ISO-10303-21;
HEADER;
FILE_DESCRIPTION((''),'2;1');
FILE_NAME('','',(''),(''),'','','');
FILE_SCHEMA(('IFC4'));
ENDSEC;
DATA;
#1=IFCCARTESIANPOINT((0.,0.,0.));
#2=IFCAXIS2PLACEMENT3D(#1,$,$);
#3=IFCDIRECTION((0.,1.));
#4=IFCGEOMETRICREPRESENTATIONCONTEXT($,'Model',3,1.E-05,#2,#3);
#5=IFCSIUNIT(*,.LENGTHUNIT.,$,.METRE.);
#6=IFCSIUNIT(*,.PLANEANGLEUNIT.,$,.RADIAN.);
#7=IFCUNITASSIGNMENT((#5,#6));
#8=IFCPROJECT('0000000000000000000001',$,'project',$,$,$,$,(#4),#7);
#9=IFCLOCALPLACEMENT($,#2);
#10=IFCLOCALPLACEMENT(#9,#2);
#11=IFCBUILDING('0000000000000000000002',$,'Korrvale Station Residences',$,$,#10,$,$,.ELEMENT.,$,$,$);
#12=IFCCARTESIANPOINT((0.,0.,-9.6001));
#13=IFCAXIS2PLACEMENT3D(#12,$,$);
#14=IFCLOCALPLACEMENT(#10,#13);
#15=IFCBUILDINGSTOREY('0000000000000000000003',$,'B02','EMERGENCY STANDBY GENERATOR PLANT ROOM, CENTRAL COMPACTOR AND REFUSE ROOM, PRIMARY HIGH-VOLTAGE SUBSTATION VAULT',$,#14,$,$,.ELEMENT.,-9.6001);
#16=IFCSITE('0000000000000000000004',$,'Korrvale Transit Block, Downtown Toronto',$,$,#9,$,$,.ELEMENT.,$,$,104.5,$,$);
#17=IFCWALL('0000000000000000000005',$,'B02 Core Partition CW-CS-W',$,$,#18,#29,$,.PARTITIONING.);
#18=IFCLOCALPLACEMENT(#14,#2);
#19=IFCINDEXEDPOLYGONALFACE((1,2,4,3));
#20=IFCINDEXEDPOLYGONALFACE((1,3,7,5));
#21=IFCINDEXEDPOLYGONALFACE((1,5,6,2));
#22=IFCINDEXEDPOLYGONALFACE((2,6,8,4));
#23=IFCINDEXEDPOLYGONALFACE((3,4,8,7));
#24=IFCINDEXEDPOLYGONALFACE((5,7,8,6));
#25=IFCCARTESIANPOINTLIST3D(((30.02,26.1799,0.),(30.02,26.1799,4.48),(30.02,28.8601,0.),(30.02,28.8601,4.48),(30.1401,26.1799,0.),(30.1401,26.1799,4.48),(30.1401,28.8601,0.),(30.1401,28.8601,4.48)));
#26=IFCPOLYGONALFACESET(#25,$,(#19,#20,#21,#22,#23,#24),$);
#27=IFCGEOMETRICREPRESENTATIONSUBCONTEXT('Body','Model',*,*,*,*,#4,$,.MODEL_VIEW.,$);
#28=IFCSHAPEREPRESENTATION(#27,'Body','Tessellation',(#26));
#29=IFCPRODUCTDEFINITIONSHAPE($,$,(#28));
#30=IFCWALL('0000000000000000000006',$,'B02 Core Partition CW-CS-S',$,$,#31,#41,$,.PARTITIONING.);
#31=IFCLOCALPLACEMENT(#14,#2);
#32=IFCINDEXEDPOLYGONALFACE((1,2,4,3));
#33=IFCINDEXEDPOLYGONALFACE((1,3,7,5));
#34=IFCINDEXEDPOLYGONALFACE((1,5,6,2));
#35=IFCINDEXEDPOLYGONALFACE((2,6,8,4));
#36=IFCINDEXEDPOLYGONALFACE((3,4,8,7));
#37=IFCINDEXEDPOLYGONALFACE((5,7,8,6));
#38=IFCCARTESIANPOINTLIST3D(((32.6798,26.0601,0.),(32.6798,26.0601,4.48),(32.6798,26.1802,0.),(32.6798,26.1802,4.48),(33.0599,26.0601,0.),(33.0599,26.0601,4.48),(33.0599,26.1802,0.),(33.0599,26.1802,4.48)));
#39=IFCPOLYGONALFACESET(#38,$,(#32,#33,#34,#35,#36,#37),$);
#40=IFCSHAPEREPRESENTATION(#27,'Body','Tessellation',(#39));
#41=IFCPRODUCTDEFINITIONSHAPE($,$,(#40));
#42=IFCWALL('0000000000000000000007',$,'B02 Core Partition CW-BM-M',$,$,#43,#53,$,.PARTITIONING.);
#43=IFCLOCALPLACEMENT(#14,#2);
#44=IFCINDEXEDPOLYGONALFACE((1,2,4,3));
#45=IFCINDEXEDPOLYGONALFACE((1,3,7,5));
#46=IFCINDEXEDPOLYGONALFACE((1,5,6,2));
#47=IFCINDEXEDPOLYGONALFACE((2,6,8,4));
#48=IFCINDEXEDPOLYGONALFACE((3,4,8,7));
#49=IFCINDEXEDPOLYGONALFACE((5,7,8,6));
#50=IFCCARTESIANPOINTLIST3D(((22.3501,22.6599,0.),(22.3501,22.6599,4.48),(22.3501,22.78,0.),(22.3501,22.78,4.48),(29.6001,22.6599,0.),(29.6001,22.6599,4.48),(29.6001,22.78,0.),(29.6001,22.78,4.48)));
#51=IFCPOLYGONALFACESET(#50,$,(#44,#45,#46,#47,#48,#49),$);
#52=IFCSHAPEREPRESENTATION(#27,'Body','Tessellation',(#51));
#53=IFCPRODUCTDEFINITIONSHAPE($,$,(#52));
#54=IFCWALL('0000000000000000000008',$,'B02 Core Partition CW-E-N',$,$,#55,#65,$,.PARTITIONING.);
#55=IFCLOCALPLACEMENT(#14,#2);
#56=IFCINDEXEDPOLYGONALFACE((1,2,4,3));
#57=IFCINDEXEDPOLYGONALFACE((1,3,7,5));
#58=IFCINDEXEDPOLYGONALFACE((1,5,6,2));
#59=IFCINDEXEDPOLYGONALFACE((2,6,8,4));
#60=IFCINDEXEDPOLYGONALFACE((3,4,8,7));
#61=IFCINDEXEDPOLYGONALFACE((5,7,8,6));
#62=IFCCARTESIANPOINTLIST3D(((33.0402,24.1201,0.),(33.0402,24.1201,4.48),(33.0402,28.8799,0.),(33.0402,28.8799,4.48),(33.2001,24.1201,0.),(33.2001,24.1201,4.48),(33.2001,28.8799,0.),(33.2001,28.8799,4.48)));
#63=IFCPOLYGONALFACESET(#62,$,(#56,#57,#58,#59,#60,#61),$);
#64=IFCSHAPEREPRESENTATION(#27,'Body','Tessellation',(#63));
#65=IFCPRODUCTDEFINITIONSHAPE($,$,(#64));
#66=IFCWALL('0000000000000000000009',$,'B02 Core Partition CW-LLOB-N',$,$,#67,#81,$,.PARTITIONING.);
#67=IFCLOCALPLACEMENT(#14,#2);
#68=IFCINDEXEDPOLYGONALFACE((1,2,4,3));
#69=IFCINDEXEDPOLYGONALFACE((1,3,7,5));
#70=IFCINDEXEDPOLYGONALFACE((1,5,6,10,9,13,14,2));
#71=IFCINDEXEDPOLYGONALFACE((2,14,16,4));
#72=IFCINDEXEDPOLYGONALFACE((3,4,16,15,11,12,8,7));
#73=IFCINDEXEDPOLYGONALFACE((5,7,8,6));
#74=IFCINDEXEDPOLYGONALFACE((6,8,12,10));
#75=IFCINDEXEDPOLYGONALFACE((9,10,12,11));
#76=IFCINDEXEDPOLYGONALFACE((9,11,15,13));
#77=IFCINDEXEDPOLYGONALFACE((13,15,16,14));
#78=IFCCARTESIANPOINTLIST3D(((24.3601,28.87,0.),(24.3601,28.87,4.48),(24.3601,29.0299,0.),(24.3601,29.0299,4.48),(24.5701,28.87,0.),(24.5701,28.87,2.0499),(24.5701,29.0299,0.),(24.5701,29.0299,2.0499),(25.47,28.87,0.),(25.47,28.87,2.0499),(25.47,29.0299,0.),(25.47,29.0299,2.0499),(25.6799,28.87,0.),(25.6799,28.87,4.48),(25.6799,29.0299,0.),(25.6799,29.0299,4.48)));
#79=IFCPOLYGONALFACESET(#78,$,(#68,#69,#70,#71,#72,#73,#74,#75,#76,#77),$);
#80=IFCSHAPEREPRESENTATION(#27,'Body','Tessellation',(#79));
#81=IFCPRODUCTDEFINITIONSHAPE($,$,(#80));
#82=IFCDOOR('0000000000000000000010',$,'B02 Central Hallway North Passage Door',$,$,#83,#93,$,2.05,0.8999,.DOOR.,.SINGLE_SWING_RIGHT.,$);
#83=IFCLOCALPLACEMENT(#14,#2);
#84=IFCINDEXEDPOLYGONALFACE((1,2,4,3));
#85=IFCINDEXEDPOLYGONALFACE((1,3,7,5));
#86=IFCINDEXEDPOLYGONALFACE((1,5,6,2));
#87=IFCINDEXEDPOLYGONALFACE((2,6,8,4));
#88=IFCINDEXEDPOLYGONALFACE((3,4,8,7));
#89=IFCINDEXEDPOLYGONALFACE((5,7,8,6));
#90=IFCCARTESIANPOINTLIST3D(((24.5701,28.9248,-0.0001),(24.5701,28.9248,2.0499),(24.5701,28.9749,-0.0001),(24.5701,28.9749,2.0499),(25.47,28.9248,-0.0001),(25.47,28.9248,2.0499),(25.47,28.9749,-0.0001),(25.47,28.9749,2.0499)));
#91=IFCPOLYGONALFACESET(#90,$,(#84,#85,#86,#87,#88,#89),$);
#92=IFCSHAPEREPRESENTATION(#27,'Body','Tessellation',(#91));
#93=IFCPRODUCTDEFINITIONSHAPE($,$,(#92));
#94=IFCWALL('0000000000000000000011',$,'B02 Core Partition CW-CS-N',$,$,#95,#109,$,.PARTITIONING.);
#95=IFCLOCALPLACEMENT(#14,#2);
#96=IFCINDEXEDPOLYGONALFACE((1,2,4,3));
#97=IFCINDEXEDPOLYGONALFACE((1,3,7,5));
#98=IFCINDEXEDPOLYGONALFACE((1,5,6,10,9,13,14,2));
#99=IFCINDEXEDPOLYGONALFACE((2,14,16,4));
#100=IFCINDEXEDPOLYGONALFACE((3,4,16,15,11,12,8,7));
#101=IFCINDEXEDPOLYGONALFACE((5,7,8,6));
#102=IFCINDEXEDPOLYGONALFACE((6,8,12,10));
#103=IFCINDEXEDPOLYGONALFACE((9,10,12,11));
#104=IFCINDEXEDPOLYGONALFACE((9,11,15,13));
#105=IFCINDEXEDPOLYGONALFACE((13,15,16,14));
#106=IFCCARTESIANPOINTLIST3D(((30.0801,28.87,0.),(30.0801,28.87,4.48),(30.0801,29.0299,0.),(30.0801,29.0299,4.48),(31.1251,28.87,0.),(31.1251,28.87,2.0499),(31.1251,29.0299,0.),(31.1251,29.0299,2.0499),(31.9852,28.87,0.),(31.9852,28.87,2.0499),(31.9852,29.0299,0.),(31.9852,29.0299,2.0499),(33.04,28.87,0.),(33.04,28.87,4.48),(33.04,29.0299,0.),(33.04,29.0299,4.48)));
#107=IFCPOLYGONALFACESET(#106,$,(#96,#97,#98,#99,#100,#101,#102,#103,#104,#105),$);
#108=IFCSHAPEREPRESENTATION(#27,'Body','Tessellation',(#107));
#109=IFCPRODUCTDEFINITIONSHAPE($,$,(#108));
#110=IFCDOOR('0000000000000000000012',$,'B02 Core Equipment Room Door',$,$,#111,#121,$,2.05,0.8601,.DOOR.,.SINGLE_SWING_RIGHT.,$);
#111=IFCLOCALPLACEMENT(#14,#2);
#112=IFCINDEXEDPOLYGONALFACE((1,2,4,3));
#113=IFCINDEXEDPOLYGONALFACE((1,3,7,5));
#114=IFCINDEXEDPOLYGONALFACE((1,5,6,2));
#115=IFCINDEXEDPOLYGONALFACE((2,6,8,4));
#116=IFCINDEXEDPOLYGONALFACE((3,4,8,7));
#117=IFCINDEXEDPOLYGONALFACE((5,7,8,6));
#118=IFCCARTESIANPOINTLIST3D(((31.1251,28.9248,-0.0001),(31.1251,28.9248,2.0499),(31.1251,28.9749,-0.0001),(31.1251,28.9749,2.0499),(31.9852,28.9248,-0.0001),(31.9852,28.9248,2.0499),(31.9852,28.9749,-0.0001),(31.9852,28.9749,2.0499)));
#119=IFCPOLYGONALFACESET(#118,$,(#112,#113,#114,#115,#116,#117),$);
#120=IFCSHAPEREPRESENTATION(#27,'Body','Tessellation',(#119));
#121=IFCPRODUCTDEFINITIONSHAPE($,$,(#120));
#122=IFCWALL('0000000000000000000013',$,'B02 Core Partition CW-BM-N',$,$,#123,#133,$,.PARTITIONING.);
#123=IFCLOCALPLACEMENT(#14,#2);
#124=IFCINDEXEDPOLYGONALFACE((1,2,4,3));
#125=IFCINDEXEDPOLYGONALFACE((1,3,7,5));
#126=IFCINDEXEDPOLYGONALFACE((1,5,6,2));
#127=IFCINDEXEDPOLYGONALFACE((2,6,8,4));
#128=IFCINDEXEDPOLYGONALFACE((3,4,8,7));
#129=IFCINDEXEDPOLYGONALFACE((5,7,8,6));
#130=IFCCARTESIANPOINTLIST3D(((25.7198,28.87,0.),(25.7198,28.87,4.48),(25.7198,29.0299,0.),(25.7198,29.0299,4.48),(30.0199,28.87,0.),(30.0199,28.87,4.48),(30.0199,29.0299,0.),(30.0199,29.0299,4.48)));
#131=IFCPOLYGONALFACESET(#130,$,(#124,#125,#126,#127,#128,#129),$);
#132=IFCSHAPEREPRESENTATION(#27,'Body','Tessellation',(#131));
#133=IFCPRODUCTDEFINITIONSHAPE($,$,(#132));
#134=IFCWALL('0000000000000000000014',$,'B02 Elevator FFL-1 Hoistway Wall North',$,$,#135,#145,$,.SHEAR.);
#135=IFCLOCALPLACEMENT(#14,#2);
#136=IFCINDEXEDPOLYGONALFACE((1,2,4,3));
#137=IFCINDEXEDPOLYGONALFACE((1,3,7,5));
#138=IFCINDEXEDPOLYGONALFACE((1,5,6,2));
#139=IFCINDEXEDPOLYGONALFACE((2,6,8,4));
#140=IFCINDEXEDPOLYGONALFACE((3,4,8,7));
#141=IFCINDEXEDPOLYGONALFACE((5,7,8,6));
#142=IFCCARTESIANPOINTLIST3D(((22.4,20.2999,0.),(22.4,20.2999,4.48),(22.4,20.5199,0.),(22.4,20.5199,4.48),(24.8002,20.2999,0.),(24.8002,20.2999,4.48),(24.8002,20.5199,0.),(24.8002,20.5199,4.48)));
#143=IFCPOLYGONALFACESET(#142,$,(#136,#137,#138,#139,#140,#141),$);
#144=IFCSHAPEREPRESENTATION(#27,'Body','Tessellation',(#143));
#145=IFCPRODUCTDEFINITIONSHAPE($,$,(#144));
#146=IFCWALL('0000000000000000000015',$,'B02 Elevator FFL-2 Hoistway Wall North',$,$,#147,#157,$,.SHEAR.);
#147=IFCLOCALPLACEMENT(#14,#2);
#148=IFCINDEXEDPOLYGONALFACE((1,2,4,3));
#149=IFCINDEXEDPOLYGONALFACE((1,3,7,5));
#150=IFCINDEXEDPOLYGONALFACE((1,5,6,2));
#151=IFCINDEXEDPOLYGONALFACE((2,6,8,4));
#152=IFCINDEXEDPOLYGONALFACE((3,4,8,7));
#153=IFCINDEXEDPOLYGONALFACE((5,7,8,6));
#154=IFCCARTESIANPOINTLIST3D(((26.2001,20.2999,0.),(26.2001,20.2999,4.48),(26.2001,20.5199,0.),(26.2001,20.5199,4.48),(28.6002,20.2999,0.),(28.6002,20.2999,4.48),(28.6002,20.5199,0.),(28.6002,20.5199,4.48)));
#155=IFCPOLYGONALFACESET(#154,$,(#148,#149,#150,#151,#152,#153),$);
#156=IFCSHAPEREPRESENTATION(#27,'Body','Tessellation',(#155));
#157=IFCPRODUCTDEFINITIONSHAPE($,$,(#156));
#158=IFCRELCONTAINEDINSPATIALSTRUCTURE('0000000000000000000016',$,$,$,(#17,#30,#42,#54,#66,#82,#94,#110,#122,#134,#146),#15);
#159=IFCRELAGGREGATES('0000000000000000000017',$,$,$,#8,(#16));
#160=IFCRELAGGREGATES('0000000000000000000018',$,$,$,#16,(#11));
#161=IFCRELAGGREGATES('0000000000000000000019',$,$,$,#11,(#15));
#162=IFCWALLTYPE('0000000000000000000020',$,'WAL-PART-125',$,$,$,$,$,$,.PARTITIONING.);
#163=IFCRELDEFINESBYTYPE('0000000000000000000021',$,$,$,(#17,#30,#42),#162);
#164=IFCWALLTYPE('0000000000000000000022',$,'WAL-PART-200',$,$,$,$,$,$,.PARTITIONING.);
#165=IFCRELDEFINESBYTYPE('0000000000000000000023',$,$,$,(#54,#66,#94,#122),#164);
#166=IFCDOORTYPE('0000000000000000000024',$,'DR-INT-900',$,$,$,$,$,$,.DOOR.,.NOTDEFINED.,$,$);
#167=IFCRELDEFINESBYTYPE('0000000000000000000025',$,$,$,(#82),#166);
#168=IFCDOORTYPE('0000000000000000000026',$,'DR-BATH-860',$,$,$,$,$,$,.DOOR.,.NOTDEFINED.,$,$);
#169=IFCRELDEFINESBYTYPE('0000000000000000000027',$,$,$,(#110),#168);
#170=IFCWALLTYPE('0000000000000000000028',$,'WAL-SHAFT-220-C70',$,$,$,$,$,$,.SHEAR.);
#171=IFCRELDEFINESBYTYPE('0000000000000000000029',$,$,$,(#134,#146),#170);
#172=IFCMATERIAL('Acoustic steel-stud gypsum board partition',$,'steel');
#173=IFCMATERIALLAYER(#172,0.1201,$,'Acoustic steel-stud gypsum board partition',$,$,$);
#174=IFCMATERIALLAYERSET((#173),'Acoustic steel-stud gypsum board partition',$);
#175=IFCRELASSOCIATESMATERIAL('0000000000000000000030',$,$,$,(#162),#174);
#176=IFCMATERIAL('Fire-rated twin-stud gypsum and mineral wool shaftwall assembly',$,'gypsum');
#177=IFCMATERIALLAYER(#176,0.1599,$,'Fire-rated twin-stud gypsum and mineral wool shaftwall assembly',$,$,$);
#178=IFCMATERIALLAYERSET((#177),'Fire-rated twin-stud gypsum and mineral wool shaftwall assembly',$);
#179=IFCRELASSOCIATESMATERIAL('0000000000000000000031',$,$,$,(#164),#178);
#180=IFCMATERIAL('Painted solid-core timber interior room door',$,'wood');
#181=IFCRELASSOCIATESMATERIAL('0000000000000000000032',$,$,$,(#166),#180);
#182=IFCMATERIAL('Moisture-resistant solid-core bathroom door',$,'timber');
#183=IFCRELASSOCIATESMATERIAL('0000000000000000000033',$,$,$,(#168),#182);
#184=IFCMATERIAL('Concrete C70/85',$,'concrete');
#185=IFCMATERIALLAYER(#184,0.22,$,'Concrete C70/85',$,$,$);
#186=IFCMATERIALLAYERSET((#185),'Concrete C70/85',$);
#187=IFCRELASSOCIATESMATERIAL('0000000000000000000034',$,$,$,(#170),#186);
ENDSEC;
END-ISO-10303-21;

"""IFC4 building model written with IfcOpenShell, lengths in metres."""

from ifc_helpers import new_model, si_unit, direction, frame, frame_2d, origin, place, context, subcontext, project, spatial, rectangle, extrude, material, layer, layer_set, type_object, element, fill, save


model = new_model("IFC4")

# Units and contexts
model_context = context("Model", 3, precision=1e-05, world=origin(), true_north=direction((0.0, 1.0)))
body_context = subcontext(model_context, "Body", "Model", "MODEL_VIEW")
ifc_project = project(units=[si_unit("LENGTHUNIT", "METRE"), si_unit("PLANEANGLEUNIT", "RADIAN")], contexts=[model_context])

# Site, building, storey
site_placement = place(None, origin())
site = spatial("IfcSite", under=ifc_project, at=site_placement, Name="Korrvale Transit Block, Downtown Toronto", CompositionType="ELEMENT", RefElevation=104.5)
building_placement = place(site_placement, origin())
building = spatial("IfcBuilding", under=site, at=building_placement, Name="Korrvale Station Residences", CompositionType="ELEMENT")
storey_placement = place(building_placement, frame((0.0, 0.0, -9.6001)))
storey = spatial("IfcBuildingStorey", under=building, at=storey_placement, Name="B02", Description="EMERGENCY STANDBY GENERATOR PLANT ROOM, CENTRAL COMPACTOR AND REFUSE ROOM, PRIMARY HIGH-VOLTAGE SUBSTATION VAULT", CompositionType="ELEMENT", Elevation=-9.6001)

# Shared definitions
ifc_material_1 = material(Name="Concrete C70/85", Category="concrete")

# Walls
ifc_material_2 = material(Name="Acoustic steel-stud gypsum board partition", Category="steel")
ifc_layer_1 = layer(ifc_material_2, 0.1201, Name="Acoustic steel-stud gypsum board partition")
ifc_layer_set_1 = layer_set([ifc_layer_1], Name="Acoustic steel-stud gypsum board partition")
wall_type_1 = type_object("IfcWallType", Name="WAL-PART-125", PredefinedType="PARTITIONING", material=ifc_layer_set_1)
wall_1_placement = place(storey_placement, frame((30.0801, 26.1799, 0.0), z_axis=(0.0, 0.0, 1.0), x_axis=(0.0, 1.0, 0.0)))
element("IfcWall", 1, at=wall_1_placement, inside=storey, type_object=wall_type_1, Name="B02 Core Partition CW-CS-W", PredefinedType="PARTITIONING", context=body_context, shape_type="SweptSolid", body=[
    extrude(rectangle(XDim=2.6802, YDim=0.1201, at=frame_2d((1.3401, 0.0))), origin(), (0.0, 0.0, 1.0), 4.48),
])
wall_2_placement = place(storey_placement, frame((32.6799, 26.1201, 0.0), z_axis=(0.0, 0.0, 1.0), x_axis=(1.0, 0.0, 0.0)))
element("IfcWall", 2, at=wall_2_placement, inside=storey, type_object=wall_type_1, Name="B02 Core Partition CW-CS-S", PredefinedType="PARTITIONING", context=body_context, shape_type="SweptSolid", body=[
    extrude(rectangle(XDim=0.3801, YDim=0.1201, at=frame_2d((0.1899, 0.0))), origin(), (0.0, 0.0, 1.0), 4.48),
])
wall_3_placement = place(storey_placement, frame((22.3501, 22.72, 0.0), z_axis=(0.0, 0.0, 1.0), x_axis=(1.0, 0.0, 0.0)))
element("IfcWall", 3, at=wall_3_placement, inside=storey, type_object=wall_type_1, Name="B02 Core Partition CW-BM-M", PredefinedType="PARTITIONING", context=body_context, shape_type="SweptSolid", body=[
    extrude(rectangle(XDim=7.25, YDim=0.1201, at=frame_2d((3.625, 0.0))), origin(), (0.0, 0.0, 1.0), 4.48),
])
ifc_material_3 = material(Name="Fire-rated twin-stud gypsum and mineral wool shaftwall assembly", Category="gypsum")
ifc_layer_2 = layer(ifc_material_3, 0.1599, Name="Fire-rated twin-stud gypsum and mineral wool shaftwall assembly")
ifc_layer_set_2 = layer_set([ifc_layer_2], Name="Fire-rated twin-stud gypsum and mineral wool shaftwall assembly")
wall_type_2 = type_object("IfcWallType", Name="WAL-PART-200", PredefinedType="PARTITIONING", material=ifc_layer_set_2)
wall_4_placement = place(storey_placement, frame((33.1201, 24.1201, 0.0), z_axis=(0.0, 0.0, 1.0), x_axis=(0.0, 1.0, 0.0)))
element("IfcWall", 4, at=wall_4_placement, inside=storey, type_object=wall_type_2, Name="B02 Core Partition CW-E-N", PredefinedType="PARTITIONING", context=body_context, shape_type="SweptSolid", body=[
    extrude(rectangle(XDim=4.7598, YDim=0.1599, at=frame_2d((2.3799, 0.0))), origin(), (0.0, 0.0, 1.0), 4.48),
])

# Walls, openings, doors
wall_5_placement = place(storey_placement, frame((24.3601, 28.95, 0.0), z_axis=(0.0, 0.0, 1.0), x_axis=(1.0, 0.0, 0.0)))
wall_5 = element("IfcWall", 5, at=wall_5_placement, inside=storey, type_object=wall_type_2, Name="B02 Core Partition CW-LLOB-N", PredefinedType="PARTITIONING", context=body_context, shape_type="SweptSolid", body=[
    extrude(rectangle(XDim=1.3198, YDim=0.1599, at=frame_2d((0.6599, 0.0))), origin(), (0.0, 0.0, 1.0), 4.48),
])
opening_1_placement = place(wall_5_placement, frame((0.21, 0.0, 0.0)))
opening_1 = element("IfcOpeningElement", 6, at=opening_1_placement, cuts=wall_5, PredefinedType="OPENING", context=body_context, shape_type="SweptSolid", body=[
    extrude(rectangle(XDim=0.8999, YDim=2.05, at=frame_2d((0.45, 1.0249))), frame((0.0, 0.0898, 0.0), z_axis=(0.0, -1.0, 0.0), x_axis=(1.0, 0.0, 0.0)), (0.0, 0.0, 1.0), 0.1799),
])
ifc_material_4 = material(Name="Painted solid-core timber interior room door", Category="wood")
door_type_1 = type_object("IfcDoorType", Name="DR-INT-900", OperationType="NOTDEFINED", PredefinedType="DOOR", material=ifc_material_4)
door_1_placement = place(opening_1_placement, origin())
door_1 = element("IfcDoor", 7, at=door_1_placement, inside=storey, type_object=door_type_1, Name="B02 Central Hallway North Passage Door", OperationType="SINGLE_SWING_RIGHT", OverallHeight=2.05, OverallWidth=0.8999, PredefinedType="DOOR", context=body_context, shape_type="SweptSolid", body=[
    extrude(rectangle(XDim=0.8999, YDim=2.05, at=frame_2d((0.45, 1.0249))), frame((0.0, 0.0249, 0.0), z_axis=(0.0, -1.0, 0.0), x_axis=(1.0, 0.0, 0.0)), (0.0, 0.0, 1.0), 0.05),
])
fill(opening_1, door_1)
wall_6_placement = place(storey_placement, frame((30.0801, 28.95, 0.0), z_axis=(0.0, 0.0, 1.0), x_axis=(1.0, 0.0, 0.0)))
wall_6 = element("IfcWall", 8, at=wall_6_placement, inside=storey, type_object=wall_type_2, Name="B02 Core Partition CW-CS-N", PredefinedType="PARTITIONING", context=body_context, shape_type="SweptSolid", body=[
    extrude(rectangle(XDim=2.96, YDim=0.1599, at=frame_2d((1.48, 0.0))), origin(), (0.0, 0.0, 1.0), 4.48),
])
opening_2_placement = place(wall_6_placement, frame((1.0449, 0.0, 0.0)))
opening_2 = element("IfcOpeningElement", 9, at=opening_2_placement, cuts=wall_6, PredefinedType="OPENING", context=body_context, shape_type="SweptSolid", body=[
    extrude(rectangle(XDim=0.8601, YDim=2.05, at=frame_2d((0.4302, 1.0249))), frame((0.0, 0.0898, 0.0), z_axis=(0.0, -1.0, 0.0), x_axis=(1.0, 0.0, 0.0)), (0.0, 0.0, 1.0), 0.1799),
])
ifc_material_5 = material(Name="Moisture-resistant solid-core bathroom door", Category="timber")
door_type_2 = type_object("IfcDoorType", Name="DR-BATH-860", OperationType="NOTDEFINED", PredefinedType="DOOR", material=ifc_material_5)
door_2_placement = place(opening_2_placement, origin())
door_2 = element("IfcDoor", 10, at=door_2_placement, inside=storey, type_object=door_type_2, Name="B02 Core Equipment Room Door", OperationType="SINGLE_SWING_RIGHT", OverallHeight=2.05, OverallWidth=0.8601, PredefinedType="DOOR", context=body_context, shape_type="SweptSolid", body=[
    extrude(rectangle(XDim=0.8601, YDim=2.05, at=frame_2d((0.4302, 1.0249))), frame((0.0, 0.0249, 0.0), z_axis=(0.0, -1.0, 0.0), x_axis=(1.0, 0.0, 0.0)), (0.0, 0.0, 1.0), 0.05),
])
fill(opening_2, door_2)

# Walls
wall_7_placement = place(storey_placement, frame((25.72, 28.95, 0.0), z_axis=(0.0, 0.0, 1.0), x_axis=(1.0, 0.0, 0.0)))
element("IfcWall", 11, at=wall_7_placement, inside=storey, type_object=wall_type_2, Name="B02 Core Partition CW-BM-N", PredefinedType="PARTITIONING", context=body_context, shape_type="SweptSolid", body=[
    extrude(rectangle(XDim=4.3, YDim=0.1599, at=frame_2d((2.1499, 0.0))), origin(), (0.0, 0.0, 1.0), 4.48),
])
ifc_layer_3 = layer(ifc_material_1, 0.22, Name="Concrete C70/85")
ifc_layer_set_3 = layer_set([ifc_layer_3], Name="Concrete C70/85")
wall_type_3 = type_object("IfcWallType", Name="WAL-SHAFT-220-C70", PredefinedType="SHEAR", material=ifc_layer_set_3)
for number, where, z_axis, x_axis, name in (
    (12, (22.3999, 20.4099, 0.0), (0.0, 0.0, 1.0), (1.0, 0.0, 0.0), "B02 Elevator FFL-1 Hoistway Wall North"),
    (13, (26.2, 20.4099, 0.0), (0.0, 0.0, 1.0), (1.0, 0.0, 0.0), "B02 Elevator FFL-2 Hoistway Wall North"),
):
    element("IfcWall", number, at=place(storey_placement, frame(where, z_axis=z_axis, x_axis=x_axis)), inside=storey, type_object=wall_type_3, Name=name, PredefinedType="SHEAR", context=body_context, shape_type="SweptSolid", body=[
        extrude(rectangle(XDim=2.4001, YDim=0.22, at=frame_2d((1.2002, 0.0))), origin(), (0.0, 0.0, 1.0), 4.48),
    ])

save(model, "model.ifc")
